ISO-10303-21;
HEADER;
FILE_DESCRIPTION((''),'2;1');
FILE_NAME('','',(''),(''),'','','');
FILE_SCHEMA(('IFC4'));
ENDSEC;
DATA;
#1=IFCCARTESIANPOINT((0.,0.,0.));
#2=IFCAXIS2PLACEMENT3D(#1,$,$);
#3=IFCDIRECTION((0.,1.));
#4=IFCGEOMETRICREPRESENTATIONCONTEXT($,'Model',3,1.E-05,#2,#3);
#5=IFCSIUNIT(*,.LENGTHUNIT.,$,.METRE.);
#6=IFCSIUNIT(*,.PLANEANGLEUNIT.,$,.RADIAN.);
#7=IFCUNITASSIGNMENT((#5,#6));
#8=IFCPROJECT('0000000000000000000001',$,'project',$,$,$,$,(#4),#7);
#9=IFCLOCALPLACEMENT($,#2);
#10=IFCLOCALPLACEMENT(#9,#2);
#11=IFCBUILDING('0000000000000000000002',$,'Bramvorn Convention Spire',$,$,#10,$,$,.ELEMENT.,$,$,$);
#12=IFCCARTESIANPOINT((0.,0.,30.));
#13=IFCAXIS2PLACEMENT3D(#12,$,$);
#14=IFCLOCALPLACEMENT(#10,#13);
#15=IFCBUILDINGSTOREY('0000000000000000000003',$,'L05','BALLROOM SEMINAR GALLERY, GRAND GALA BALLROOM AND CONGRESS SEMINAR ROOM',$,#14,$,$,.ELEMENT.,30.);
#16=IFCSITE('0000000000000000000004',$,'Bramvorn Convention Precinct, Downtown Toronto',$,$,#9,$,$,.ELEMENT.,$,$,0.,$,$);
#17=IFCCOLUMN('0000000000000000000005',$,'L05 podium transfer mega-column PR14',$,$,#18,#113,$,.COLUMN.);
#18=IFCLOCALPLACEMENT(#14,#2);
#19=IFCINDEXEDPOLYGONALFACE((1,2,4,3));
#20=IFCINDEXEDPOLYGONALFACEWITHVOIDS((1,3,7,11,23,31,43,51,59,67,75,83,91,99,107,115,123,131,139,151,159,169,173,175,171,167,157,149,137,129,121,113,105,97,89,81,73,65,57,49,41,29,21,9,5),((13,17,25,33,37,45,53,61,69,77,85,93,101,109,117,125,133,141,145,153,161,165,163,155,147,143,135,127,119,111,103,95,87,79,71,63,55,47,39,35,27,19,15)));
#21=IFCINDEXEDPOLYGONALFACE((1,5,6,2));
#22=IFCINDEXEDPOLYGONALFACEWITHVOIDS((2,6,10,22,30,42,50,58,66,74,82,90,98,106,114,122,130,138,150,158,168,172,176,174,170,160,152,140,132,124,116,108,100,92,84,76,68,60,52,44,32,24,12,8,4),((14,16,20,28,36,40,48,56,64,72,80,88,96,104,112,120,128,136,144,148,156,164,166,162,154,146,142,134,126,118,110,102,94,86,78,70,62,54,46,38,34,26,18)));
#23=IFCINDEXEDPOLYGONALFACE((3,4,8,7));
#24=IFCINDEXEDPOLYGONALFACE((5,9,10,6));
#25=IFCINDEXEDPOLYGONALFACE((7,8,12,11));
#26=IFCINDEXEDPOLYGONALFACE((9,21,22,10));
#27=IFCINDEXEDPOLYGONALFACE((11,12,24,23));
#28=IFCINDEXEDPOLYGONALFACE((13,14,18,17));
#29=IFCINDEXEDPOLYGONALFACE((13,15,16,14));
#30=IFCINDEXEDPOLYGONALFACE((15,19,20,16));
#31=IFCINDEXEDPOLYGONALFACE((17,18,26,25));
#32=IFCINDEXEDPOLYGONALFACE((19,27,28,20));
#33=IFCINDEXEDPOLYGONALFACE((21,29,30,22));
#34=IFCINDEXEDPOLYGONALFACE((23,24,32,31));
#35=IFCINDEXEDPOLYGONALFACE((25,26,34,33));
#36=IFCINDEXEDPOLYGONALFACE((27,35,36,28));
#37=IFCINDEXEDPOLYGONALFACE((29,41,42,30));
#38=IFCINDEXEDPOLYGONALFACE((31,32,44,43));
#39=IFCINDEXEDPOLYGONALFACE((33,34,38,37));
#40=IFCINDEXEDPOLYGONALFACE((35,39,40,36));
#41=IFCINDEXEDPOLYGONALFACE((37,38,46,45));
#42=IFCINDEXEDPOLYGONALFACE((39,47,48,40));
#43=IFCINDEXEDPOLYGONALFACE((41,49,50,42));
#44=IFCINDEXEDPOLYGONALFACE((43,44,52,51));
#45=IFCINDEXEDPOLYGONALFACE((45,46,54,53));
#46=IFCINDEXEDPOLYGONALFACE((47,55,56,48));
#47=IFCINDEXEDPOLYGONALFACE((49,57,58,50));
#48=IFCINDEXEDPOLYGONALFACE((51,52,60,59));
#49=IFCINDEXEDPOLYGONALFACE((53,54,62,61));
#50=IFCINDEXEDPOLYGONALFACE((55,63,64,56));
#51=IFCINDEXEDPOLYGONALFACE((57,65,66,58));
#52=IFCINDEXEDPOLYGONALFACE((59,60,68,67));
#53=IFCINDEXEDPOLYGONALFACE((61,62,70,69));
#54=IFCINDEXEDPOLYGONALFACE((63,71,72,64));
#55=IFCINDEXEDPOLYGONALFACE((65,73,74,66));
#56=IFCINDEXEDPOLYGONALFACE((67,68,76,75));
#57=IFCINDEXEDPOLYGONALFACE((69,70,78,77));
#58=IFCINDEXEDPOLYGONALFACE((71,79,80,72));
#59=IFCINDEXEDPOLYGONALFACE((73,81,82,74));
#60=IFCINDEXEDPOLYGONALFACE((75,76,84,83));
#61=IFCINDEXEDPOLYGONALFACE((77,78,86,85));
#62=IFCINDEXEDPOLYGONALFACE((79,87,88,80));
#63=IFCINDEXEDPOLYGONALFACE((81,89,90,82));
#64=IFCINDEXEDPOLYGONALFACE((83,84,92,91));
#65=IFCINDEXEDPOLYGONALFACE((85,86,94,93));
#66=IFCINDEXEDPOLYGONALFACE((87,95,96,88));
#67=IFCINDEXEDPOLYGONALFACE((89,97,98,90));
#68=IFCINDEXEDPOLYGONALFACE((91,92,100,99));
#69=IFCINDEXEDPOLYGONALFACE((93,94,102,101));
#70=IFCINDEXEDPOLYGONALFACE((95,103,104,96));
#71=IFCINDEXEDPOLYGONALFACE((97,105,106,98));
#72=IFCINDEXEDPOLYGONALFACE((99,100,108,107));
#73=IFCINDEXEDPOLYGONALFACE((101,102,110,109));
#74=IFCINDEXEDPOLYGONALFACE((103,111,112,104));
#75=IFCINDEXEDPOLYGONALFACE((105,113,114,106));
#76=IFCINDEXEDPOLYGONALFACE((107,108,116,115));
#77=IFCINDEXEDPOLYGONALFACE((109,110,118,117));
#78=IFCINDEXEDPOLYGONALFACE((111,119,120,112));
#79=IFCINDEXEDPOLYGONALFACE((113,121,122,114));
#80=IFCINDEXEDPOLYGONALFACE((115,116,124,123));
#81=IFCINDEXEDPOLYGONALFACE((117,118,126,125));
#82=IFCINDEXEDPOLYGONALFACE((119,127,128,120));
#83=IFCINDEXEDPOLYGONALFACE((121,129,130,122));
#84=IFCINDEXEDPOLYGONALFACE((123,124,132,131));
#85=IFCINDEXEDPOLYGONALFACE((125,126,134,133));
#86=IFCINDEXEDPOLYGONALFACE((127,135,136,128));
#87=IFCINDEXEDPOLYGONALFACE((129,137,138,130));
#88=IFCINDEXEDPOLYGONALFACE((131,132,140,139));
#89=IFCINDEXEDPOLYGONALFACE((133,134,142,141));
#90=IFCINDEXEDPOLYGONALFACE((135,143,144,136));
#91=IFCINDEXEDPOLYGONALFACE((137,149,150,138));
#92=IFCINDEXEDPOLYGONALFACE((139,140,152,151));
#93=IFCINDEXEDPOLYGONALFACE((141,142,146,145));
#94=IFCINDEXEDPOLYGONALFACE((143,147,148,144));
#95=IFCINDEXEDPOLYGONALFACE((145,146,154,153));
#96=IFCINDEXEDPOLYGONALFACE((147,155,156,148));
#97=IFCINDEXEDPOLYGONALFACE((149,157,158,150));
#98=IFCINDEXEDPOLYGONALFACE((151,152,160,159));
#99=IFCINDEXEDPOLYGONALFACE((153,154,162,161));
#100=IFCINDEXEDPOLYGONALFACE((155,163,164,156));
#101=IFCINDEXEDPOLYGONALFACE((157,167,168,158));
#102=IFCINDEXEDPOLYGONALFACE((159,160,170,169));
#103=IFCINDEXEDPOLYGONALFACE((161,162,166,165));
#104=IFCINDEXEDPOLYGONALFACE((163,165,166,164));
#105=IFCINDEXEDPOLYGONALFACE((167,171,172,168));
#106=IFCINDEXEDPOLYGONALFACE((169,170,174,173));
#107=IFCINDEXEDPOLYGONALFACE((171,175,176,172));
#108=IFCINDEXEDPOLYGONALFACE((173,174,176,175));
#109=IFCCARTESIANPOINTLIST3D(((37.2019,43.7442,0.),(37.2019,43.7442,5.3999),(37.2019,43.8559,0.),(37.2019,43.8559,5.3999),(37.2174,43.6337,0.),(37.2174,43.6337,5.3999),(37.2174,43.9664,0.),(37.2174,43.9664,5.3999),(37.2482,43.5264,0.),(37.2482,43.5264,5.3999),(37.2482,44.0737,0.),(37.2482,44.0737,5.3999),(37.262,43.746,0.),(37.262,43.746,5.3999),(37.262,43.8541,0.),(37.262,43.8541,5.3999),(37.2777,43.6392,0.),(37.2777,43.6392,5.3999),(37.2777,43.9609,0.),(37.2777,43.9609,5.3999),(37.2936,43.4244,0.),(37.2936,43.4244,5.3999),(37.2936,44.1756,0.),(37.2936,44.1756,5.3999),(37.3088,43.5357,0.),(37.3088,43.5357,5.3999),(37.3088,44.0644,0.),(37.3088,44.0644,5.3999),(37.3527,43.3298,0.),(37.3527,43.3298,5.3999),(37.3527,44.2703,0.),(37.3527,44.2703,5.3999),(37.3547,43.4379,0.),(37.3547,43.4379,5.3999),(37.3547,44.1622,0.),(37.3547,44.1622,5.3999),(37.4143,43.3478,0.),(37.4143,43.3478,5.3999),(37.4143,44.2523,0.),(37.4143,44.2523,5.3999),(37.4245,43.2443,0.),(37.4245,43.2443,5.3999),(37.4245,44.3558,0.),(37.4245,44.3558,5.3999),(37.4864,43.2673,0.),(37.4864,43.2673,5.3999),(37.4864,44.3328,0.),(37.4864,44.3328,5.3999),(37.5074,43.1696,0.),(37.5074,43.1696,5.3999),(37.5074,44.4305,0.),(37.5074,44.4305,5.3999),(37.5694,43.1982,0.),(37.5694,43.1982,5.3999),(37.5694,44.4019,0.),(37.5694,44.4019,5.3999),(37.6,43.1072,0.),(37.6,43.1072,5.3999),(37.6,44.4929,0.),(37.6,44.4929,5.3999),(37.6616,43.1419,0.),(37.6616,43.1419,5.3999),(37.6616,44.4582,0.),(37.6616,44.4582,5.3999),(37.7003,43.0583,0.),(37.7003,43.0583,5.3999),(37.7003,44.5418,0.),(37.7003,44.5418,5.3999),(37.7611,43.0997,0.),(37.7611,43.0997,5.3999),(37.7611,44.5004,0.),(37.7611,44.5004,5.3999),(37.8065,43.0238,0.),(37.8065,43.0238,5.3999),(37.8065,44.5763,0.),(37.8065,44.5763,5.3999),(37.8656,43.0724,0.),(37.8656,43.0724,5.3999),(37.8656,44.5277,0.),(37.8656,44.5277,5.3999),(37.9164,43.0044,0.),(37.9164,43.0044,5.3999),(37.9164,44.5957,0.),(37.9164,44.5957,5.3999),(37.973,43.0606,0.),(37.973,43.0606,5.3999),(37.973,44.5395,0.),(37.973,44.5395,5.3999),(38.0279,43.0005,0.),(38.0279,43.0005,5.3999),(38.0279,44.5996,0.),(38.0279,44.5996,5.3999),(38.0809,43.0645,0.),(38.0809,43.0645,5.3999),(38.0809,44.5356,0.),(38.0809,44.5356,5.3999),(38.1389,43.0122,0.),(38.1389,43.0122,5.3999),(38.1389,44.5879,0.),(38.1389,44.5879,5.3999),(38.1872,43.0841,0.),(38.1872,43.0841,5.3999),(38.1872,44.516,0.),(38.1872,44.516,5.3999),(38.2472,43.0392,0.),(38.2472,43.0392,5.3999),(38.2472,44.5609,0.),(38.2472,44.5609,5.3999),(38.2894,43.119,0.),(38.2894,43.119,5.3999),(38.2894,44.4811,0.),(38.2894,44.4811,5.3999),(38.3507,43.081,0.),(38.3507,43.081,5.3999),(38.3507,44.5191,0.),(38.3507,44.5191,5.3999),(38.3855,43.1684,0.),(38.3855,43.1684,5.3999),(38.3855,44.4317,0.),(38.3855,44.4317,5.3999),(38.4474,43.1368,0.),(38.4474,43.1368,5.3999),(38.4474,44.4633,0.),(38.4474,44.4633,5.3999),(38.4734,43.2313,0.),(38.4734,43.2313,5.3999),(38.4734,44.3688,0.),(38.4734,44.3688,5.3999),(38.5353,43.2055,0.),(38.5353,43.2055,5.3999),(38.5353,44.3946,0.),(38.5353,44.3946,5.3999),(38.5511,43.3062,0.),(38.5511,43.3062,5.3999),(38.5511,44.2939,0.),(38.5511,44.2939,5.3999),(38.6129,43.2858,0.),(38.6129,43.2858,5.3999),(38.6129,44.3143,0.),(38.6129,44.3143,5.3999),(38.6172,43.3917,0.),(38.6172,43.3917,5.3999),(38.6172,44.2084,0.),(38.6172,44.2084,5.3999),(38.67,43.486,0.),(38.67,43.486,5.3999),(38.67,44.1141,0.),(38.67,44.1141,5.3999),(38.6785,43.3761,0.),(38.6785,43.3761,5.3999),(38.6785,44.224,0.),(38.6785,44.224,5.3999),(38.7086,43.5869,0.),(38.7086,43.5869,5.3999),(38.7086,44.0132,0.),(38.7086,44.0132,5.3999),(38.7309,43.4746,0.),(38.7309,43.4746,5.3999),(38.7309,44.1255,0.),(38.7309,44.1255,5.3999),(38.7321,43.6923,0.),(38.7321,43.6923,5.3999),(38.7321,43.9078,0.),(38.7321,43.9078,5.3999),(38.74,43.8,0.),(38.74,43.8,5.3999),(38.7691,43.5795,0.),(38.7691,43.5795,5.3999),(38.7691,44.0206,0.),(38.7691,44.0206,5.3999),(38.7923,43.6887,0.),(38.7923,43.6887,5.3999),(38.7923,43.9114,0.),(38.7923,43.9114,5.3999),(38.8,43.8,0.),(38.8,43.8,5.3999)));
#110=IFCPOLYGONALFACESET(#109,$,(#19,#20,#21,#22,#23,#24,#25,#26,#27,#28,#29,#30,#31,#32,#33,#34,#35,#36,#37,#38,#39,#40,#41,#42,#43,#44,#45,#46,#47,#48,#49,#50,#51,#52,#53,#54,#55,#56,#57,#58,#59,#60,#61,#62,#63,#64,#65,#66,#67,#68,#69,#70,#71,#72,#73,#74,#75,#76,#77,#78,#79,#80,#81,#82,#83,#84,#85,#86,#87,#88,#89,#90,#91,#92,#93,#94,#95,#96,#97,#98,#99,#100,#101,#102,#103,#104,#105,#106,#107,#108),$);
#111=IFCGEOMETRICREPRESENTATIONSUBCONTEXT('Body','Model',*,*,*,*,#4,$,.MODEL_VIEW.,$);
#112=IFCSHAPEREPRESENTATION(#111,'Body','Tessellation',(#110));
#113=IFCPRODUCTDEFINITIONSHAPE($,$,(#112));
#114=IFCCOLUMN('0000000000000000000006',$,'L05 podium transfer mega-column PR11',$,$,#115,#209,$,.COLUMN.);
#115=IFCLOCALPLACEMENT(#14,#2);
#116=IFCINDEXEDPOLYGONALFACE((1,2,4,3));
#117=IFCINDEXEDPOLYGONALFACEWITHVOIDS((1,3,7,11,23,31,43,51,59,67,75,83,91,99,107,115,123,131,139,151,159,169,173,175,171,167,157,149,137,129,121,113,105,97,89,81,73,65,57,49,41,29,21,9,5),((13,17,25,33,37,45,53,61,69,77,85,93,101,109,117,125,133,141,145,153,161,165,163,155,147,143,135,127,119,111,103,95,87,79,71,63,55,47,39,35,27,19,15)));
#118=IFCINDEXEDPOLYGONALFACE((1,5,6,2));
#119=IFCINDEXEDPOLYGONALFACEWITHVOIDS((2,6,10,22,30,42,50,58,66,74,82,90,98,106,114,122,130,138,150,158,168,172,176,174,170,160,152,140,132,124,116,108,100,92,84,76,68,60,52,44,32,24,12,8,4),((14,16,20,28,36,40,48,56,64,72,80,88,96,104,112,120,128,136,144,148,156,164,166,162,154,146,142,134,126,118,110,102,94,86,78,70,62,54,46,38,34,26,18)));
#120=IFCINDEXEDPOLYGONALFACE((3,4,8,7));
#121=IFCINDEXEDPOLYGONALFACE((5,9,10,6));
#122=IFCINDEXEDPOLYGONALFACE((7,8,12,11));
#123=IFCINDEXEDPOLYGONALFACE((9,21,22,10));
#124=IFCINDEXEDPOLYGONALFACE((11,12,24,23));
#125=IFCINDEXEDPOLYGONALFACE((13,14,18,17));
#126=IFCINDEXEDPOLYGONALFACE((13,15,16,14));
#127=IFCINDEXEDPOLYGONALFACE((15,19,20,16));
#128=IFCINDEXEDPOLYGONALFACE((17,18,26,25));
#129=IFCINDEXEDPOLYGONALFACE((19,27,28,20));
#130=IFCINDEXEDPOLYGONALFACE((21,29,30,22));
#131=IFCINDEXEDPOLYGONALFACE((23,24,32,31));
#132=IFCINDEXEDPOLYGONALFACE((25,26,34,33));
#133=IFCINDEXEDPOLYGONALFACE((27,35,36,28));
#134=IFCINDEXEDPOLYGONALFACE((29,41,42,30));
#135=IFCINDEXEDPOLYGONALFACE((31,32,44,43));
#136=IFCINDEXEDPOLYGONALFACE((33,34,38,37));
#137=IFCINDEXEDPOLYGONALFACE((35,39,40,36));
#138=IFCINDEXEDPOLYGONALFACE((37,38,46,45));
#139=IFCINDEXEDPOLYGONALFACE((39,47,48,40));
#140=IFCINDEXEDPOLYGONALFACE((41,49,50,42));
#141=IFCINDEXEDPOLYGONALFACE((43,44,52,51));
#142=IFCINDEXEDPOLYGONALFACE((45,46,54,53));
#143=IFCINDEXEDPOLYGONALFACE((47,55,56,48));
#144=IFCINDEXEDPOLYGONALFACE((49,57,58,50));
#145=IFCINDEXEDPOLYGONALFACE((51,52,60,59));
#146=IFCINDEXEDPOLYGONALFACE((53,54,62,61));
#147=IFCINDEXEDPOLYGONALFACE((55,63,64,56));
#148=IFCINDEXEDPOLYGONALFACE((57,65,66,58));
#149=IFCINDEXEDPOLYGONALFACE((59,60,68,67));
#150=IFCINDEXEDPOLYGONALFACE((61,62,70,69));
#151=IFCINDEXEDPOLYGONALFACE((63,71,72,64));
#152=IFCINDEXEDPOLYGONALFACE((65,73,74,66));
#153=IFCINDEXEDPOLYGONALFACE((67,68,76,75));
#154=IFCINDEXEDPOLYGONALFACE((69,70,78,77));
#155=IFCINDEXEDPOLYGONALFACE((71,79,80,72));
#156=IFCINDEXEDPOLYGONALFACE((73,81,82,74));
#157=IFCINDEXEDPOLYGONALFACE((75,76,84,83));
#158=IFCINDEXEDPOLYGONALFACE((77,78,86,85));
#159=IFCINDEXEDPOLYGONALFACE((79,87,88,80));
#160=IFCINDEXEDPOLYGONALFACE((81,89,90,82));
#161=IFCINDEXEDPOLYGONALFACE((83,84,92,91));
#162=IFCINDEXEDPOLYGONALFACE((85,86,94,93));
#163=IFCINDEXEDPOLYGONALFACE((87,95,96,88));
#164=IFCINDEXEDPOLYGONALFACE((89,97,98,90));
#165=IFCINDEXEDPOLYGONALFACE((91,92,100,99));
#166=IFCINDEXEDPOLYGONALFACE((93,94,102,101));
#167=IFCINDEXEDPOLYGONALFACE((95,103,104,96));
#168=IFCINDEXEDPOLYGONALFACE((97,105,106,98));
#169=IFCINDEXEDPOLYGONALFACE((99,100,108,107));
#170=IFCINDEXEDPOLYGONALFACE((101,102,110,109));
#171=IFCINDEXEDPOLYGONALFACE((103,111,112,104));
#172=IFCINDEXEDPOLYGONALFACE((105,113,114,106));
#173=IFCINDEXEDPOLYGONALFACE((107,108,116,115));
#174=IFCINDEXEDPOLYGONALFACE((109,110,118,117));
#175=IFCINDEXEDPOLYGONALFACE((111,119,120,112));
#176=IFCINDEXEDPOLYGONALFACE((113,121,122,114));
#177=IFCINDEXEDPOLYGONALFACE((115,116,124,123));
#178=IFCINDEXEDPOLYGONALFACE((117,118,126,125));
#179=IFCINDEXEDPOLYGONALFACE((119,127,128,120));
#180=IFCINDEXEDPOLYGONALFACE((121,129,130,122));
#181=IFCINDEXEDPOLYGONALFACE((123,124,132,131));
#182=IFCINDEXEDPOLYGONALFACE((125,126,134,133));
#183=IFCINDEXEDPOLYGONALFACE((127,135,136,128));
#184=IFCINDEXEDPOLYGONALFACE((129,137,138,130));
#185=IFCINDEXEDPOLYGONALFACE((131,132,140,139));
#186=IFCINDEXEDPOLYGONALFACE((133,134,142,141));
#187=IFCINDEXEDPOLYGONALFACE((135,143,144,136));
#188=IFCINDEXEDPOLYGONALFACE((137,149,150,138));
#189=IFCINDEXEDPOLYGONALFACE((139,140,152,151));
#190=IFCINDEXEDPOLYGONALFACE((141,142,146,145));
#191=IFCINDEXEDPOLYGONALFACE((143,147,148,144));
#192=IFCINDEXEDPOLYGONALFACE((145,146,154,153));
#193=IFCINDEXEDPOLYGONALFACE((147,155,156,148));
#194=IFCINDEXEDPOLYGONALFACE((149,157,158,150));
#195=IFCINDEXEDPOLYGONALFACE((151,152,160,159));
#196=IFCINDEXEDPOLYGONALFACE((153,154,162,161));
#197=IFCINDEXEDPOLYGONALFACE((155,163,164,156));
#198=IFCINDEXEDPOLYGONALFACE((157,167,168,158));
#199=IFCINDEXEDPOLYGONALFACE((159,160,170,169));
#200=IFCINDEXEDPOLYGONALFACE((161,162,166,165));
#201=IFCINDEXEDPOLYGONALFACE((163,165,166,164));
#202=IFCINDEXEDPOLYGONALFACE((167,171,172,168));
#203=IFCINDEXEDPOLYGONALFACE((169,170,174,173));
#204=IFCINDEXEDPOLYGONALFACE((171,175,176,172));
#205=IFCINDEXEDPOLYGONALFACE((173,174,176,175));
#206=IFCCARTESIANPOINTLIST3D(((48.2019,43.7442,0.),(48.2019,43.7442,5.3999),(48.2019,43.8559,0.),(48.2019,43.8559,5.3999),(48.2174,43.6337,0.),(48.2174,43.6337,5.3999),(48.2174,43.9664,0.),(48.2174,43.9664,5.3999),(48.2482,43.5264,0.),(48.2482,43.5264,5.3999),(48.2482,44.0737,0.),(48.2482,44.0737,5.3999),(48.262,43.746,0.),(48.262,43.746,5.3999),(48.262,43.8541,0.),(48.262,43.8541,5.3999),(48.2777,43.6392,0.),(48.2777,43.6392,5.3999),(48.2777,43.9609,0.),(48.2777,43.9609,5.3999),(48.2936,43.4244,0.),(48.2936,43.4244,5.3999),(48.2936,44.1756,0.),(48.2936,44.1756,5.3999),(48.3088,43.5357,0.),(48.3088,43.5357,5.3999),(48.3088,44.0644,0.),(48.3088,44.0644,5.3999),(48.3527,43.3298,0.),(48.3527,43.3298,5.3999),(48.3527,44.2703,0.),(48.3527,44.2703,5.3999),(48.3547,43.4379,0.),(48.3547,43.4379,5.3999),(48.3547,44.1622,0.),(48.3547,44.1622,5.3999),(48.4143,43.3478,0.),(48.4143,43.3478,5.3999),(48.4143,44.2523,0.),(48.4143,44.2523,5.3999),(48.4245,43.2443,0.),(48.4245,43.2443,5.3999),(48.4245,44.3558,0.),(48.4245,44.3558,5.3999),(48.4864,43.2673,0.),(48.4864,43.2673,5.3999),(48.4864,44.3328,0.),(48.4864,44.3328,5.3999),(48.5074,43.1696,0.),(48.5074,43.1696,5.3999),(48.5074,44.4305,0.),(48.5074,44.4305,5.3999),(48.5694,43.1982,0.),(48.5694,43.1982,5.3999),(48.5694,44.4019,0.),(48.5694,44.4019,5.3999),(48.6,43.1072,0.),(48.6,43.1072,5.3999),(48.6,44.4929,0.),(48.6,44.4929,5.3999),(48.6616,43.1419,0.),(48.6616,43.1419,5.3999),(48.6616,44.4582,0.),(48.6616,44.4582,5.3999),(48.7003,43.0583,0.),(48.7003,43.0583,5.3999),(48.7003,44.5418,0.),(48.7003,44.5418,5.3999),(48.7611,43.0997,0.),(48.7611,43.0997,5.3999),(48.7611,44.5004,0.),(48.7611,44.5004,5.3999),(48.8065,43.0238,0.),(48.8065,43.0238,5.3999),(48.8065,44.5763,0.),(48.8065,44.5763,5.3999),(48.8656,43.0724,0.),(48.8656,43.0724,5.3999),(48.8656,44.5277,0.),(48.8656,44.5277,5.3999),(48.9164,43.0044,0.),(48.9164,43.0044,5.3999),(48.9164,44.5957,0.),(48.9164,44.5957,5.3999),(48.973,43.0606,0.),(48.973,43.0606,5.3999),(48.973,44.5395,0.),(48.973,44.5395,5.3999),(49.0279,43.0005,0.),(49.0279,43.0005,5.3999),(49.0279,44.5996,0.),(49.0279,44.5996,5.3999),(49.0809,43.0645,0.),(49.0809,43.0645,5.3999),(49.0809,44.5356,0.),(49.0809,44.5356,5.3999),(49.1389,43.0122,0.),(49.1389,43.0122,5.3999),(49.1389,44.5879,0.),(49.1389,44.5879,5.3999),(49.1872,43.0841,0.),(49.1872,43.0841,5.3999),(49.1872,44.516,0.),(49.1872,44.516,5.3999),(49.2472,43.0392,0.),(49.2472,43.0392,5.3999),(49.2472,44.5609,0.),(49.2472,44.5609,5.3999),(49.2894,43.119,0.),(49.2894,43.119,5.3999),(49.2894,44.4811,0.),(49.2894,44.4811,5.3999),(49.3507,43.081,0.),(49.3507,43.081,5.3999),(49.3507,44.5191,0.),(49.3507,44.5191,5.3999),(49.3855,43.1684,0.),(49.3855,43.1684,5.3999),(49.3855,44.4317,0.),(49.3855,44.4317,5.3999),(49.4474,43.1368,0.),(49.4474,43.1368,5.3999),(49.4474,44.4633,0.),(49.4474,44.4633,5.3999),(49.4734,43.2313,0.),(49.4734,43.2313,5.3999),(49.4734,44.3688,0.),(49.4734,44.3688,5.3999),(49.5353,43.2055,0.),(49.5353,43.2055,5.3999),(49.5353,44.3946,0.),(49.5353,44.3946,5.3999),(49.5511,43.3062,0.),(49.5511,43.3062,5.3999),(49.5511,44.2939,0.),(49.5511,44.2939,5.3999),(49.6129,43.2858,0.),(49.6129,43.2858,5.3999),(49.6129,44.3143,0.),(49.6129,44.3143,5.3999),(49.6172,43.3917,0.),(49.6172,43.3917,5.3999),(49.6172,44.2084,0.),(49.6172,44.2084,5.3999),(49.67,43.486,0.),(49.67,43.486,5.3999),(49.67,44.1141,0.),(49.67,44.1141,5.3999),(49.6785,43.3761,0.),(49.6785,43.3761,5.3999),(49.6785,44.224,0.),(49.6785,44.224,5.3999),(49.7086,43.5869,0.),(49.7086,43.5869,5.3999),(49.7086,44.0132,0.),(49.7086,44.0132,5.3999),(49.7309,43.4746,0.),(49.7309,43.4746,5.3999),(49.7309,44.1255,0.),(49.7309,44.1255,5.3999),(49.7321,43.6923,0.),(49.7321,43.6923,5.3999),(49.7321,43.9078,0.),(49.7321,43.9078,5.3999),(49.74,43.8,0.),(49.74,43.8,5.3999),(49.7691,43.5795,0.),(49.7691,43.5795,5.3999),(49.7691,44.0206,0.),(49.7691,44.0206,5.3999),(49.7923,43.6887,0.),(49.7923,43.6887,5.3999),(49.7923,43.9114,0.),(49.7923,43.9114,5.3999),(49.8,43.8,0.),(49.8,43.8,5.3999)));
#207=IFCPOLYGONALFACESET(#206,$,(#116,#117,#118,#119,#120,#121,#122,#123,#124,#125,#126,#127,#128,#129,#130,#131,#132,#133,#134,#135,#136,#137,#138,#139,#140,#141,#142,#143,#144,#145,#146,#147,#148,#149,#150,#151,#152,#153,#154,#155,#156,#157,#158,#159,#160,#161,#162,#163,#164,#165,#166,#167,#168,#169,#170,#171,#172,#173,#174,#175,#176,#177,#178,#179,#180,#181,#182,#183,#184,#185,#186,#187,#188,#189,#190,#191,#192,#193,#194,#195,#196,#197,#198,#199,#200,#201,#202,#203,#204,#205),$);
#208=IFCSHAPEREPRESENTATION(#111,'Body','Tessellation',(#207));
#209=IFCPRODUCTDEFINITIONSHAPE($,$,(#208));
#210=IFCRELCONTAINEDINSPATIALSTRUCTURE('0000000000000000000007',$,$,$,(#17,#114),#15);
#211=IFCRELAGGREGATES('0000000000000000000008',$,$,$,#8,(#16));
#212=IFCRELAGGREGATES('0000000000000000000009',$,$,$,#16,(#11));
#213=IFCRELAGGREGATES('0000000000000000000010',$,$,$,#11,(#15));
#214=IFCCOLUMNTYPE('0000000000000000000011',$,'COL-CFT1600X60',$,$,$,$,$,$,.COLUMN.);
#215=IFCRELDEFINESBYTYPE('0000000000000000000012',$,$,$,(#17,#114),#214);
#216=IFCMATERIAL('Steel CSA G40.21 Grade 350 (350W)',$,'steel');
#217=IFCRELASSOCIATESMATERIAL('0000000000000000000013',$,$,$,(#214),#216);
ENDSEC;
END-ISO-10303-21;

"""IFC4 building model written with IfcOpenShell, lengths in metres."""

from ifc_helpers import new_model, si_unit, direction, frame, origin, origin_2d, place, context, subcontext, project, spatial, hollow_circle, extrude, material, material_profile, profile_set, type_object, element, save


model = new_model("IFC4")

# Units and contexts
model_context = context("Model", 3, precision=1e-05, world=origin(), true_north=direction((0.0, 1.0)))
body_context = subcontext(model_context, "Body", "Model", "MODEL_VIEW")
ifc_project = project(units=[si_unit("LENGTHUNIT", "METRE"), si_unit("PLANEANGLEUNIT", "RADIAN")], contexts=[model_context])

# Site, building, storey
site_placement = place(None, origin())
site = spatial("IfcSite", under=ifc_project, at=site_placement, Name="Bramvorn Convention Precinct, Downtown Toronto", CompositionType="ELEMENT", RefElevation=0.0)
building_placement = place(site_placement, origin())
building = spatial("IfcBuilding", under=site, at=building_placement, Name="Bramvorn Convention Spire", CompositionType="ELEMENT")
storey_placement = place(building_placement, frame((0.0, 0.0, 30.0)))
storey = spatial("IfcBuildingStorey", under=building, at=storey_placement, Name="L05", Description="BALLROOM SEMINAR GALLERY, GRAND GALA BALLROOM AND CONGRESS SEMINAR ROOM", CompositionType="ELEMENT", Elevation=30.0)

# Columns
ifc_material_1 = material(Name="Steel CSA G40.21 Grade 350 (350W)", Category="steel")
ifc_material_profile_1 = material_profile(ifc_material_1, hollow_circle(Radius=0.8, WallThickness=0.0601, at=origin_2d()))
ifc_profile_set_1 = profile_set([ifc_material_profile_1], Name="Steel CSA G40.21 Grade 350 (350W) - CFT1600X60")
column_type_1 = type_object("IfcColumnType", Name="COL-CFT1600X60", PredefinedType="COLUMN", material=ifc_profile_set_1)
for number, where, z_axis, x_axis, name in (
    (1, (38.0, 43.8, 0.0), (0.0, 0.0, 1.0), (1.0, 0.0, 0.0), "L05 podium transfer mega-column PR14"),
    (2, (49.0, 43.8, 0.0), (0.0, 0.0, 1.0), (1.0, 0.0, 0.0), "L05 podium transfer mega-column PR11"),
):
    element("IfcColumn", number, at=place(storey_placement, frame(where, z_axis=z_axis, x_axis=x_axis)), inside=storey, type_object=column_type_1, Name=name, PredefinedType="COLUMN", context=body_context, shape_type="SweptSolid", body=[
        extrude(hollow_circle(Radius=0.8, WallThickness=0.0601, at=origin_2d()), origin(), (0.0, 0.0, 1.0), 5.3999),
    ])

save(model, "model.ifc")
